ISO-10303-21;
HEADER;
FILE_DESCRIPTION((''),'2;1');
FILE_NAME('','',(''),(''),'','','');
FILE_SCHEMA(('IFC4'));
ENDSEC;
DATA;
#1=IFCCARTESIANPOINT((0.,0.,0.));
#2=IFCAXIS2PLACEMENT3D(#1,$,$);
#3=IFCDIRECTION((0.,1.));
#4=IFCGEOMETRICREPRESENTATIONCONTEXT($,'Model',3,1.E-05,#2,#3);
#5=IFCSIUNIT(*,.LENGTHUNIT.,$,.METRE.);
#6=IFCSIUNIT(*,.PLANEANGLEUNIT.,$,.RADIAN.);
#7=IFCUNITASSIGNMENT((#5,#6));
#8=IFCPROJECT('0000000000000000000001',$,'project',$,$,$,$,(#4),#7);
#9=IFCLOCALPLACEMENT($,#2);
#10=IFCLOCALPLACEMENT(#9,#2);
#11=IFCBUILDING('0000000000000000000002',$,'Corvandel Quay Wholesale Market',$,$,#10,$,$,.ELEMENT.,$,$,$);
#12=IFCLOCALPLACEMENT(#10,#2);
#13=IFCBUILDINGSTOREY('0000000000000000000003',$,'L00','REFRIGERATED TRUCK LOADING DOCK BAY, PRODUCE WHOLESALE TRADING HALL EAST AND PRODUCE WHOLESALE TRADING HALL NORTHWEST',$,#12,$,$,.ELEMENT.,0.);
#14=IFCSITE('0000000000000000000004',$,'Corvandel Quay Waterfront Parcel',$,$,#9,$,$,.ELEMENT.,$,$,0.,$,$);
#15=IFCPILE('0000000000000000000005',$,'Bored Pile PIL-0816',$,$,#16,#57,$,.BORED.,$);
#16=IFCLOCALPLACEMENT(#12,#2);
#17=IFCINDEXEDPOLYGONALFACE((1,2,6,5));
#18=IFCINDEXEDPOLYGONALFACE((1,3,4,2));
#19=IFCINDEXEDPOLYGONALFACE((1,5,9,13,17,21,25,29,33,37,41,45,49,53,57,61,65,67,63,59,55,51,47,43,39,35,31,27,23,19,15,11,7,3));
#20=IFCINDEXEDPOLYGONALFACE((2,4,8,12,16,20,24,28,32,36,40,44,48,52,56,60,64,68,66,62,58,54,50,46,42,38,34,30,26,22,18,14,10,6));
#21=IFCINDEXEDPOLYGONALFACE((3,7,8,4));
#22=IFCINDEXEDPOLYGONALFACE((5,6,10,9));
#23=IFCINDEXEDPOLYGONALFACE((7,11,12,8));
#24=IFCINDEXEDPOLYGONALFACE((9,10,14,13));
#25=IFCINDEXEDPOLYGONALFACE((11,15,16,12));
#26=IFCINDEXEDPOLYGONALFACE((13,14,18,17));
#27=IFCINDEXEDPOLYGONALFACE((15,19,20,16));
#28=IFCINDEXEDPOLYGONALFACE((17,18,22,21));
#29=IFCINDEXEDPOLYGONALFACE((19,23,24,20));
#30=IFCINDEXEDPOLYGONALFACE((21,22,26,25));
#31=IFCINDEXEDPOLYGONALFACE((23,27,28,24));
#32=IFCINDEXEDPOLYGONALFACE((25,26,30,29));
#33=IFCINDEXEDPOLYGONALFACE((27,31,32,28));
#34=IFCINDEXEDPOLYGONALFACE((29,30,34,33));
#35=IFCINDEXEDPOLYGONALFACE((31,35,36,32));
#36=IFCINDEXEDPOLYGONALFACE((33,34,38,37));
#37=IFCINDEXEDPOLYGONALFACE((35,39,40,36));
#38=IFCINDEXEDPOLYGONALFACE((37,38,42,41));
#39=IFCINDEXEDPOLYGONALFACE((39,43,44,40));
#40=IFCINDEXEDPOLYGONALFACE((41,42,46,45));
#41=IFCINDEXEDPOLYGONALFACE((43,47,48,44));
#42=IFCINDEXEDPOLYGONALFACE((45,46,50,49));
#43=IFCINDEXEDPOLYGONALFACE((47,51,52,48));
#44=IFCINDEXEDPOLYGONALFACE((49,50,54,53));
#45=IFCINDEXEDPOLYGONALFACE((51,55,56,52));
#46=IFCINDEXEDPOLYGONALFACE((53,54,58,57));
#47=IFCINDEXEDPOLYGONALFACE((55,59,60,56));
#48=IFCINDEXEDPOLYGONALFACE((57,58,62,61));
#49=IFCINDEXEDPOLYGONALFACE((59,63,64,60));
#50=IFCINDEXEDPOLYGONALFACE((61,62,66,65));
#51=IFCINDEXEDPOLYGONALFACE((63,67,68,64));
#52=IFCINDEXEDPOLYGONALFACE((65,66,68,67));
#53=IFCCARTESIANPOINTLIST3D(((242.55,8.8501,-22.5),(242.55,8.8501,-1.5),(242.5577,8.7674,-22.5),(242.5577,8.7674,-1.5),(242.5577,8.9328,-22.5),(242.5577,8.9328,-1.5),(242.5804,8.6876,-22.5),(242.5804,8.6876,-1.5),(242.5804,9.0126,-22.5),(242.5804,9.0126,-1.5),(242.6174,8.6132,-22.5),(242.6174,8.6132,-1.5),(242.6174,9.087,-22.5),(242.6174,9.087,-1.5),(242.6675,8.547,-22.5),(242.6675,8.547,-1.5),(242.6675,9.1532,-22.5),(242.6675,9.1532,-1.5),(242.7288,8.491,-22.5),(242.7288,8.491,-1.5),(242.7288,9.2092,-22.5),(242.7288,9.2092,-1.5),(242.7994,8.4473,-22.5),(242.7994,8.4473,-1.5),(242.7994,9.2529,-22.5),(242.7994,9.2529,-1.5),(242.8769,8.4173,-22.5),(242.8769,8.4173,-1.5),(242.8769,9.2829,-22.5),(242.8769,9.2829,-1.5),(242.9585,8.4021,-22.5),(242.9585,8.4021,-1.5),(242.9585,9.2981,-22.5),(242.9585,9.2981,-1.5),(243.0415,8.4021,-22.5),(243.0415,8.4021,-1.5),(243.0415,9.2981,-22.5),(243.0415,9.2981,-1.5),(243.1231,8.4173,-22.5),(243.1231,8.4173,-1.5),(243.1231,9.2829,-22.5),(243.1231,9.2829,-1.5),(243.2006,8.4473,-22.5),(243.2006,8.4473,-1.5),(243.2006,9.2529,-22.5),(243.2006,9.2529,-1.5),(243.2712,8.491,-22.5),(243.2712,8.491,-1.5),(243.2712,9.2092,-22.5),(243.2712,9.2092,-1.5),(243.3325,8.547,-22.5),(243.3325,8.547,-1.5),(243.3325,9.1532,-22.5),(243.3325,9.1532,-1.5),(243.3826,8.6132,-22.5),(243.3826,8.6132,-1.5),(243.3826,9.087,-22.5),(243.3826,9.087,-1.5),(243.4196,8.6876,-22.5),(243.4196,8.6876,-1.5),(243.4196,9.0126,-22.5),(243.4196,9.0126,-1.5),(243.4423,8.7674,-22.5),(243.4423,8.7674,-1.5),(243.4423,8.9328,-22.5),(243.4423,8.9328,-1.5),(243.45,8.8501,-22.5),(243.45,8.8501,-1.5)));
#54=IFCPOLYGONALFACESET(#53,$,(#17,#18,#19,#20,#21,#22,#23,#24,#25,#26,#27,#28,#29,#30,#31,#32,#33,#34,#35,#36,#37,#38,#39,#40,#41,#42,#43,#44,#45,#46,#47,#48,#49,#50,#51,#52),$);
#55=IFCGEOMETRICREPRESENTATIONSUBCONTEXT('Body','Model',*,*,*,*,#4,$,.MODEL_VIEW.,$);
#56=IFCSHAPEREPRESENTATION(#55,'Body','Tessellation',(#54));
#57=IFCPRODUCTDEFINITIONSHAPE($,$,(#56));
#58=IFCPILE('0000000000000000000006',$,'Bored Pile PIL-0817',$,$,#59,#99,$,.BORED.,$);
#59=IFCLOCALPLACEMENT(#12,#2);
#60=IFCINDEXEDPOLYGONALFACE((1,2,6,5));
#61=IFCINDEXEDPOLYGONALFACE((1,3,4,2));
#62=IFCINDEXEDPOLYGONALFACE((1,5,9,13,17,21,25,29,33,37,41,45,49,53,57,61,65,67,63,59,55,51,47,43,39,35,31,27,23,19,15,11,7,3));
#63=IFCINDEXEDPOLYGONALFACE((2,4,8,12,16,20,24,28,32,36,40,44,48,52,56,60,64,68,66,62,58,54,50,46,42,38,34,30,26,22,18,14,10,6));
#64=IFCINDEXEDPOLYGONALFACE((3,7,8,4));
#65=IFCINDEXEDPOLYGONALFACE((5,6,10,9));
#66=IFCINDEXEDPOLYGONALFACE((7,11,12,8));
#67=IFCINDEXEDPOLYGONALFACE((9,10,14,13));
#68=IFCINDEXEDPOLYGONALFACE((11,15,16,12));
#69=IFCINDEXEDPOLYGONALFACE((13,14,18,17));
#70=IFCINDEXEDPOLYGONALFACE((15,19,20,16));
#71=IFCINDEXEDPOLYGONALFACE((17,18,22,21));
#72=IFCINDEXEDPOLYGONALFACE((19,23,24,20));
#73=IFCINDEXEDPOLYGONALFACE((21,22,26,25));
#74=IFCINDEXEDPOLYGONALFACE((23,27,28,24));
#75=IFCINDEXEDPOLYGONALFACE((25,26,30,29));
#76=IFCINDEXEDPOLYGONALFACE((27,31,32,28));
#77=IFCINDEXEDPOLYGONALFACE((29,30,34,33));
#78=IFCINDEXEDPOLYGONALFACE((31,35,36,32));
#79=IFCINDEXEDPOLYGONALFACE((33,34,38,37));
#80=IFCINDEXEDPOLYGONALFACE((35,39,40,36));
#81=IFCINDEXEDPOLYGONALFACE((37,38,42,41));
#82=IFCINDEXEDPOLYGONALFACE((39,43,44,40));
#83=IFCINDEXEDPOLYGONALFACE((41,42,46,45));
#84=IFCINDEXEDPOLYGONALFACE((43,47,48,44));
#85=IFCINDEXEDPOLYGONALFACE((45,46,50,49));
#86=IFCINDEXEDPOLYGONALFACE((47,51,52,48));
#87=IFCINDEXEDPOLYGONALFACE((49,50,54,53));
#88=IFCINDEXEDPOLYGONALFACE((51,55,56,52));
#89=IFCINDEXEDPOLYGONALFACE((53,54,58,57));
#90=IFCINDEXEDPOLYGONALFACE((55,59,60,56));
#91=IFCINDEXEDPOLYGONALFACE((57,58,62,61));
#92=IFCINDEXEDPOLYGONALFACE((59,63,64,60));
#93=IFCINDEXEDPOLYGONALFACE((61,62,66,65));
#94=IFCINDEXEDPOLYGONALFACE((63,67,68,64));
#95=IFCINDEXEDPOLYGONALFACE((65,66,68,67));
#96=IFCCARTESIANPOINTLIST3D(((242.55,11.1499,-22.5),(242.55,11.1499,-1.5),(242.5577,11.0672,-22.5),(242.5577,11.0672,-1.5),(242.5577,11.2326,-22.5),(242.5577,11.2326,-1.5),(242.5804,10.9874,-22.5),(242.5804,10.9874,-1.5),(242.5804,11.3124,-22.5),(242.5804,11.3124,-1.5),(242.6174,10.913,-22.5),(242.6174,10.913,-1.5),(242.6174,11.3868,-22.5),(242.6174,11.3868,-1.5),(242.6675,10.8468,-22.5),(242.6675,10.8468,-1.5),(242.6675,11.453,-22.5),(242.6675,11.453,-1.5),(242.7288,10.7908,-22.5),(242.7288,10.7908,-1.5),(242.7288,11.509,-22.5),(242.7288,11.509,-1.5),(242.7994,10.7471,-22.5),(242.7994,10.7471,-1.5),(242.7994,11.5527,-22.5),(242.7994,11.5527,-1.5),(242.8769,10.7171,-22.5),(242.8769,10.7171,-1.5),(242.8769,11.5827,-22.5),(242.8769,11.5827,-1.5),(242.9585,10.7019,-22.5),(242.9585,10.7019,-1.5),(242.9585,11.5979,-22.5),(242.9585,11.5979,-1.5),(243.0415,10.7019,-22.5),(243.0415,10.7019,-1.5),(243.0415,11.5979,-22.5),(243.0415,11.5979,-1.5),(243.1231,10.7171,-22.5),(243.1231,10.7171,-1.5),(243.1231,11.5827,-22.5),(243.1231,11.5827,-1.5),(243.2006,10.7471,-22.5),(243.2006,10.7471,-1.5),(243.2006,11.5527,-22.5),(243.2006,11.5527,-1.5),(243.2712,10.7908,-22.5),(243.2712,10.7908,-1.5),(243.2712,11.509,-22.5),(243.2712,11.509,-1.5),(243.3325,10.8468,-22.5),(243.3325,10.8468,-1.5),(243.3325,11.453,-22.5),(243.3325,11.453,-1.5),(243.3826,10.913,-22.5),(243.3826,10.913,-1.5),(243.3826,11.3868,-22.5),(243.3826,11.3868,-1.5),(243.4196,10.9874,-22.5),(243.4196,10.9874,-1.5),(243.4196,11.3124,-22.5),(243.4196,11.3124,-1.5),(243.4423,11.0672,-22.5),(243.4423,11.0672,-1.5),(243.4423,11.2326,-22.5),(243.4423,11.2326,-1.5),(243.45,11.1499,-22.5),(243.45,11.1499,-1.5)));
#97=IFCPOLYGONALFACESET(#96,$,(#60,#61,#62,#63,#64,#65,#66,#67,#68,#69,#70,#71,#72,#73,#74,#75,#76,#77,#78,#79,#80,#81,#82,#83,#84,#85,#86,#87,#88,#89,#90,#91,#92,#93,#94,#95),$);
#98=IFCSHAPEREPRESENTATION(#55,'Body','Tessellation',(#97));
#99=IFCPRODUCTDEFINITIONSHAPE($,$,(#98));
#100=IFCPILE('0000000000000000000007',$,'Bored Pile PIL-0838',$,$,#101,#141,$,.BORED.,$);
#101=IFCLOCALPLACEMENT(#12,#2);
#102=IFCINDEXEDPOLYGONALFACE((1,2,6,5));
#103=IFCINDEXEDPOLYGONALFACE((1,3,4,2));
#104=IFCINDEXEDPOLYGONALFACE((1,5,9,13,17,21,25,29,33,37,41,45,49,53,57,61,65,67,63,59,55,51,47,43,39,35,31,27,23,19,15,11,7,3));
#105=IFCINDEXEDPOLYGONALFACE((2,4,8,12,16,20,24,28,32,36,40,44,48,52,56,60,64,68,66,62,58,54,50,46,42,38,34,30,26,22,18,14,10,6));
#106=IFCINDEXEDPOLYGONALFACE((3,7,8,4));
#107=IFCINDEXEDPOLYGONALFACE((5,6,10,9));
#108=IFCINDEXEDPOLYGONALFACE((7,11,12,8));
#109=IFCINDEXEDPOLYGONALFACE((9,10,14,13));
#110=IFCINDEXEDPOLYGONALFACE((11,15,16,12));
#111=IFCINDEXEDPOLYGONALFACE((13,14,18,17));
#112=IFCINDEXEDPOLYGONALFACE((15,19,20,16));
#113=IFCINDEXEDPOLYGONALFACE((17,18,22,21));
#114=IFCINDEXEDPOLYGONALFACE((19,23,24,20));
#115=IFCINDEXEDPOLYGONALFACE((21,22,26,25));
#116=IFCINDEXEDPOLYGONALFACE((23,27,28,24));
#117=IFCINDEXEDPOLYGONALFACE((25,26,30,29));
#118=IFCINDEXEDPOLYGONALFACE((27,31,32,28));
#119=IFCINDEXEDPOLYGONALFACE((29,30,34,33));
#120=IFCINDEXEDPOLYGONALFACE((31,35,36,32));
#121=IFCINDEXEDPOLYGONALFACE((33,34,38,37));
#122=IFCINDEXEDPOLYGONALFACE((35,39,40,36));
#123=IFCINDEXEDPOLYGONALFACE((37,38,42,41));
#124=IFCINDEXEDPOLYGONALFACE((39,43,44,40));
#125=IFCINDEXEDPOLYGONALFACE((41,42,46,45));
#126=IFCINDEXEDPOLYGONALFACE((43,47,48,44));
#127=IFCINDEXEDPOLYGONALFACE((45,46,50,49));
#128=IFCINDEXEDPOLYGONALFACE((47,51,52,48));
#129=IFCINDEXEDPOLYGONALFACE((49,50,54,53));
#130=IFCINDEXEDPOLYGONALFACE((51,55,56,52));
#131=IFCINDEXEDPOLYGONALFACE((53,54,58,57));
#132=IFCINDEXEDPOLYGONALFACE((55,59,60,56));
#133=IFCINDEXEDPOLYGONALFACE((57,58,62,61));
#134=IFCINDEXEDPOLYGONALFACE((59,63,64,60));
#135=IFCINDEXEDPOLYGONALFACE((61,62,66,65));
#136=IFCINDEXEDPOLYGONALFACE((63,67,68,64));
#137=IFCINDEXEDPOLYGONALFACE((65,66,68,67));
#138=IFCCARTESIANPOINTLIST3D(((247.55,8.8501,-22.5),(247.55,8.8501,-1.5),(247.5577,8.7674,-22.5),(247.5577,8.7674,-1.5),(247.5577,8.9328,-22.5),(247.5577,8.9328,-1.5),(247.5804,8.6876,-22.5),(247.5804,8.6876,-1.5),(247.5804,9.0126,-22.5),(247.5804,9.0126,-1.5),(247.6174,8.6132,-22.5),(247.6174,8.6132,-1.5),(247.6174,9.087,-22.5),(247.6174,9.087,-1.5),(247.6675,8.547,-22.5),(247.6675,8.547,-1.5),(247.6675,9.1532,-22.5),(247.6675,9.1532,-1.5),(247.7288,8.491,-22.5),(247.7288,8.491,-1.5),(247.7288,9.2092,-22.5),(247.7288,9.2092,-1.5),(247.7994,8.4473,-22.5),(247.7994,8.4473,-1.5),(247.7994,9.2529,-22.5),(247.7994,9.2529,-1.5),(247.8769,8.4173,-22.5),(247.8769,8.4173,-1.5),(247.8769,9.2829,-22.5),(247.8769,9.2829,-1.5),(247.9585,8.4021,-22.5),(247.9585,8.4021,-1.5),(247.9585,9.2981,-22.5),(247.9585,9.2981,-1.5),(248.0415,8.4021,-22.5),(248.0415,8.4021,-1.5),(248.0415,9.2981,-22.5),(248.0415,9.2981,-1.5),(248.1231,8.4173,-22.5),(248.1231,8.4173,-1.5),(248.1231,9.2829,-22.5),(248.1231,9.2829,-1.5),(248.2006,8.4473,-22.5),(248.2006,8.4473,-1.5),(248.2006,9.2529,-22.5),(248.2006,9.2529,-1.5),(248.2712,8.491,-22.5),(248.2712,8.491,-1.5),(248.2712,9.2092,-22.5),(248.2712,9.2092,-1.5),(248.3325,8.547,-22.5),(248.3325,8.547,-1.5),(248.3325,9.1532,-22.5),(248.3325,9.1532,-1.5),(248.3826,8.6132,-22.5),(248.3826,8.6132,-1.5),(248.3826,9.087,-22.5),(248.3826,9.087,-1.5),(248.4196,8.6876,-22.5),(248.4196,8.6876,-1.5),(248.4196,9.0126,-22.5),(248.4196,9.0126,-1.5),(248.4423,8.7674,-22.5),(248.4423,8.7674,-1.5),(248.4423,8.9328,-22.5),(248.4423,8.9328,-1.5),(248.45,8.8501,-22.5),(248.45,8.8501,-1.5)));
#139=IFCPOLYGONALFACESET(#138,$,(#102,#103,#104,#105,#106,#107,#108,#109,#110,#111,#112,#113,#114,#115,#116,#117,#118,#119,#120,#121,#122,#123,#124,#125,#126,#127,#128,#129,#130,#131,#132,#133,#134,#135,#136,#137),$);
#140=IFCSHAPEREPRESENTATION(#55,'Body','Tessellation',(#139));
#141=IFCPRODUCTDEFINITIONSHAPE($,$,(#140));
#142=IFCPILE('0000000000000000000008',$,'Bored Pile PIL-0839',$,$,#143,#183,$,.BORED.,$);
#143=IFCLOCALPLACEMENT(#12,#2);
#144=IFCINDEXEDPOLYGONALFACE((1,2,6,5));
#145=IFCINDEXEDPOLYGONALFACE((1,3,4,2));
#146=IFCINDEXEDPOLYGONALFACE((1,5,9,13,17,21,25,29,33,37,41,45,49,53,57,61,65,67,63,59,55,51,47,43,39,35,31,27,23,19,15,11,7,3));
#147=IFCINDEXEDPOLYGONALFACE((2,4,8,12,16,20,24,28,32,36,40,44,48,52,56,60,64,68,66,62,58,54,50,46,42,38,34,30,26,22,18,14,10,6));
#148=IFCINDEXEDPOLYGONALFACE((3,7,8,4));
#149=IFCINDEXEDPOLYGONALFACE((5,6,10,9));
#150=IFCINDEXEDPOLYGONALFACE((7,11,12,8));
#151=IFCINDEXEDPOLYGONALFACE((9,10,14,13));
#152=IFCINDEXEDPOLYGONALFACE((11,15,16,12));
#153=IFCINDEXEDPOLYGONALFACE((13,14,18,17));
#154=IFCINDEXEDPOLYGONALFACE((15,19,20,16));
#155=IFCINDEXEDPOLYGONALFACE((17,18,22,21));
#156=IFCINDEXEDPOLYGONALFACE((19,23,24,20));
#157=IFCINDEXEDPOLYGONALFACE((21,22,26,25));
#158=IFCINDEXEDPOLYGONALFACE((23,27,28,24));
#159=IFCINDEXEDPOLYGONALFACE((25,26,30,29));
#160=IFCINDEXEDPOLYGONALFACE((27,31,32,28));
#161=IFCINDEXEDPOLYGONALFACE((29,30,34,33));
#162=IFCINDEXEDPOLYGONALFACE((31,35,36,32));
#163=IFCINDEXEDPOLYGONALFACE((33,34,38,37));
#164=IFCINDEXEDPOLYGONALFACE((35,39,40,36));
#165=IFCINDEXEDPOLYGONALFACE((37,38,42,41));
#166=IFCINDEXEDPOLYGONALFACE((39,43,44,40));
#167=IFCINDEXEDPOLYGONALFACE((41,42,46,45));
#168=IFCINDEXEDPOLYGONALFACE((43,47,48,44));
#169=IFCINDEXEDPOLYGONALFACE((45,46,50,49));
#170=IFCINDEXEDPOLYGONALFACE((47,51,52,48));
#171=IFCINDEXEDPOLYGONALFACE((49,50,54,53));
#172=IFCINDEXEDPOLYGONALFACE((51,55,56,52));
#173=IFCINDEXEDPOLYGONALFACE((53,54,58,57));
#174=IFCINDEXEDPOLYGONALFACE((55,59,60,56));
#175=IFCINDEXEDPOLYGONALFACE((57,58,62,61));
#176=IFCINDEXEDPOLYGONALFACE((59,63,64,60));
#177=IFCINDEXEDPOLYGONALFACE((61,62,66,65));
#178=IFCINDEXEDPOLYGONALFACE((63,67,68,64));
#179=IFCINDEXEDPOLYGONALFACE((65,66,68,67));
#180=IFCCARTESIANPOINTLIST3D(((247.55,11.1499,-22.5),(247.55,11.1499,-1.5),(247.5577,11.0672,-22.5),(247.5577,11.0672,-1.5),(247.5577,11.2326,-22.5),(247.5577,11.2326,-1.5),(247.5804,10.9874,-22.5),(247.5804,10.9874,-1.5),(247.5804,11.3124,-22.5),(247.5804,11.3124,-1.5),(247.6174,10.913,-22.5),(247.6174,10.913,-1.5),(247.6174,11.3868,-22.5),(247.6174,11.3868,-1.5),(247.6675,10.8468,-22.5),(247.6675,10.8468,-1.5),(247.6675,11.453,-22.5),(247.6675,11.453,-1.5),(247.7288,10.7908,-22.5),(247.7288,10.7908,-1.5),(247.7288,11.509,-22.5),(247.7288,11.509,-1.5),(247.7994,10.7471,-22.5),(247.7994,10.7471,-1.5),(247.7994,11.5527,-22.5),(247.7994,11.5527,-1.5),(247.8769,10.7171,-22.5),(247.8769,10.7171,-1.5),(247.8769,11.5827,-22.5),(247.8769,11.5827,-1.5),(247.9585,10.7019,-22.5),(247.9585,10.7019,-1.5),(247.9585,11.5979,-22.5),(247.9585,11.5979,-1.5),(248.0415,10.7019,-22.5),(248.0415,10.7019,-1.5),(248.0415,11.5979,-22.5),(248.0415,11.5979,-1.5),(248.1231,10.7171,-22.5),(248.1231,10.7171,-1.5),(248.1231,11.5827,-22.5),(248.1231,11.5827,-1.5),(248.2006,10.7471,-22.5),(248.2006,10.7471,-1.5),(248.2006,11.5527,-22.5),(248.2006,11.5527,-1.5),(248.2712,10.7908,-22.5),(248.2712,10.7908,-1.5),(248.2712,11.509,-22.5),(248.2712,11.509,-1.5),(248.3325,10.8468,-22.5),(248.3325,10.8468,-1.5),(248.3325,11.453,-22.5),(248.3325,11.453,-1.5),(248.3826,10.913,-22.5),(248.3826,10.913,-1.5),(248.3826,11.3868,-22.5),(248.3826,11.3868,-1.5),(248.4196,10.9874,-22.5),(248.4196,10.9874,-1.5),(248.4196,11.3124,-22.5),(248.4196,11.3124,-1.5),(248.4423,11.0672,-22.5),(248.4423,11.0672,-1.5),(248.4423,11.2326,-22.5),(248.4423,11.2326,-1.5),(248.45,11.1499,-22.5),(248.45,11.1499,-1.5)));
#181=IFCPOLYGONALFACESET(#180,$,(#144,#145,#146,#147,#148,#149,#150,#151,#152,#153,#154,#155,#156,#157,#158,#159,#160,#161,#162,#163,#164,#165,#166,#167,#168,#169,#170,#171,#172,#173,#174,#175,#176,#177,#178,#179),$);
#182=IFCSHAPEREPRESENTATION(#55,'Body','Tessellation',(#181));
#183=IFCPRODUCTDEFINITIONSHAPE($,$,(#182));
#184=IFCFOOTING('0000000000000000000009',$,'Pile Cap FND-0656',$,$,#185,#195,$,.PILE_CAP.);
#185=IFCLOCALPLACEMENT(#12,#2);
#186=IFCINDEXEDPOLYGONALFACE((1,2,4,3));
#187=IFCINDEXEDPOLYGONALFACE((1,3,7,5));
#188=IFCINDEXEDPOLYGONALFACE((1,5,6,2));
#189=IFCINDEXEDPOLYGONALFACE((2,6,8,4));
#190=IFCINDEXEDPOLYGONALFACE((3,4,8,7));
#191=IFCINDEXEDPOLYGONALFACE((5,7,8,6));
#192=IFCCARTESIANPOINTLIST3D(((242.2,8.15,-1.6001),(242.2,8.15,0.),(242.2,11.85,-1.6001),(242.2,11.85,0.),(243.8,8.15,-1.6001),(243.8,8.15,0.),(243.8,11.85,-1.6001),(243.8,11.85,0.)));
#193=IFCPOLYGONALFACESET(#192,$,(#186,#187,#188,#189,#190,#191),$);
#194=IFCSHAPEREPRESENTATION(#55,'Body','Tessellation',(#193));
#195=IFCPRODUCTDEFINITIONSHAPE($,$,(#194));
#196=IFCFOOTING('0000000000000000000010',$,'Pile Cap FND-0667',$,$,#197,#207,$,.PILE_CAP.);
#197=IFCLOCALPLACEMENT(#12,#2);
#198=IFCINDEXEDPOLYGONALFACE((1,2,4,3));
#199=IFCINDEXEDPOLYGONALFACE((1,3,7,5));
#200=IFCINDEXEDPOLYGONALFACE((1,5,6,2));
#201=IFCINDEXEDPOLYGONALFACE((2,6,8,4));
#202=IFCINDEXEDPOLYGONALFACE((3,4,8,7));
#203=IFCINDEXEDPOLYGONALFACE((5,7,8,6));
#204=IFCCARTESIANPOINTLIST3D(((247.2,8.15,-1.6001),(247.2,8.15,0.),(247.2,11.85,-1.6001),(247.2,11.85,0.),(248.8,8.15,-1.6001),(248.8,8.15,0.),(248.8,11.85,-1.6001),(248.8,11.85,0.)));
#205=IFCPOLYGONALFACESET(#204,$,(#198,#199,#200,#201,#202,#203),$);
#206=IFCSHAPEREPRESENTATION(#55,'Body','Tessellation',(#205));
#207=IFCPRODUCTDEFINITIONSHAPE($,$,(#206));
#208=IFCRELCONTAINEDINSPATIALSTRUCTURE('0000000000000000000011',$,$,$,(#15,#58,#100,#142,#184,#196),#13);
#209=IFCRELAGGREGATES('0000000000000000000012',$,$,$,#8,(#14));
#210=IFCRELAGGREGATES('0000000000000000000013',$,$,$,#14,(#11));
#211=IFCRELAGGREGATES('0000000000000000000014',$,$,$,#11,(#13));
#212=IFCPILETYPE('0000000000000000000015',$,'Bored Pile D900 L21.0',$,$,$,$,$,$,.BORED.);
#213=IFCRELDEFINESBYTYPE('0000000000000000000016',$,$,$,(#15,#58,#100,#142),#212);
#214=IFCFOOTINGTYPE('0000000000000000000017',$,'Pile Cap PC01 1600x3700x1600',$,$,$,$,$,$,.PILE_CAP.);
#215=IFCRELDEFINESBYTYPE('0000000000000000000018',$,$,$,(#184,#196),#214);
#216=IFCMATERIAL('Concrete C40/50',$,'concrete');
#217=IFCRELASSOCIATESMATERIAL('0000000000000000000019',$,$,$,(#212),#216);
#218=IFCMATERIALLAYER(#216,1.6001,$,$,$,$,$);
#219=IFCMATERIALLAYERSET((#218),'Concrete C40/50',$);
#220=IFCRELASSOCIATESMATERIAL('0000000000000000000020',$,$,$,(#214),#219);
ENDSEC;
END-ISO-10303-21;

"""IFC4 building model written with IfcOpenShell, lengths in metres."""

from ifc_helpers import new_model, si_unit, direction, frame, origin, origin_2d, place, context, subcontext, project, spatial, rectangle, circle, extrude, material, layer, layer_set, material_profile, profile_set, type_object, element, save


model = new_model("IFC4")

# Units and contexts
model_context = context("Model", 3, precision=1e-05, world=origin(), true_north=direction((0.0, 1.0)))
body_context = subcontext(model_context, "Body", "Model", "MODEL_VIEW")
ifc_project = project(units=[si_unit("LENGTHUNIT", "METRE"), si_unit("PLANEANGLEUNIT", "RADIAN")], contexts=[model_context])

# Site, building, storey
site_placement = place(None, origin())
site = spatial("IfcSite", under=ifc_project, at=site_placement, Name="Corvandel Quay Waterfront Parcel", CompositionType="ELEMENT", RefElevation=0.0)
building_placement = place(site_placement, origin())
building = spatial("IfcBuilding", under=site, at=building_placement, Name="Corvandel Quay Wholesale Market", CompositionType="ELEMENT")
storey_placement = place(building_placement, origin())
storey = spatial("IfcBuildingStorey", under=building, at=storey_placement, Name="L00", Description="REFRIGERATED TRUCK LOADING DOCK BAY, PRODUCE WHOLESALE TRADING HALL EAST AND PRODUCE WHOLESALE TRADING HALL NORTHWEST", CompositionType="ELEMENT", Elevation=0.0)

# Piles
ifc_material_1 = material(Name="Concrete C40/50", Category="concrete")
ifc_material_profile_1 = material_profile(ifc_material_1, circle(Radius=0.45, at=origin_2d()), Name="RC-PILE-D900")
ifc_profile_set_1 = profile_set([ifc_material_profile_1], Name="Concrete C40/50")
pile_type = type_object("IfcPileType", Name="Bored Pile D900 L21.0", PredefinedType="BORED", material=ifc_profile_set_1)
for number, where, z_axis, x_axis, name in (
    (1, (243.0, 8.8501, -1.5), (0.0, 0.0, -1.0), (1.0, 0.0, 0.0), "Bored Pile PIL-0816"),
    (2, (243.0, 11.1499, -1.5), (0.0, 0.0, -1.0), (1.0, 0.0, 0.0), "Bored Pile PIL-0817"),
    (3, (248.0, 8.8501, -1.5), (0.0, 0.0, -1.0), (1.0, 0.0, 0.0), "Bored Pile PIL-0838"),
    (4, (248.0, 11.1499, -1.5), (0.0, 0.0, -1.0), (1.0, 0.0, 0.0), "Bored Pile PIL-0839"),
):
    element("IfcPile", number, at=place(storey_placement, frame(where, z_axis=z_axis, x_axis=x_axis)), inside=storey, type_object=pile_type, Name=name, PredefinedType="BORED", context=body_context, shape_type="SweptSolid", body=[
        extrude(circle(Radius=0.45, at=origin_2d()), origin(), (0.0, 0.0, 1.0), 21.0),
    ])

# Footings
ifc_layer_1 = layer(ifc_material_1, 1.6001)
ifc_layer_set_1 = layer_set([ifc_layer_1], Name="Concrete C40/50")
footing_type_1 = type_object("IfcFootingType", Name="Pile Cap PC01 1600x3700x1600", PredefinedType="PILE_CAP", material=ifc_layer_set_1)
for number, where, z_axis, x_axis, name in (
    (5, (243.0, 10.0, -1.6001), (0.0, 0.0, 1.0), (1.0, 0.0, 0.0), "Pile Cap FND-0656"),
    (6, (248.0, 10.0, -1.6001), (0.0, 0.0, 1.0), (1.0, 0.0, 0.0), "Pile Cap FND-0667"),
):
    element("IfcFooting", number, at=place(storey_placement, frame(where, z_axis=z_axis, x_axis=x_axis)), inside=storey, type_object=footing_type_1, Name=name, PredefinedType="PILE_CAP", context=body_context, shape_type="SweptSolid", body=[
        extrude(rectangle(XDim=1.6001, YDim=3.7, at=origin_2d()), origin(), (0.0, 0.0, 1.0), 1.6001),
    ])

save(model, "model.ifc")
